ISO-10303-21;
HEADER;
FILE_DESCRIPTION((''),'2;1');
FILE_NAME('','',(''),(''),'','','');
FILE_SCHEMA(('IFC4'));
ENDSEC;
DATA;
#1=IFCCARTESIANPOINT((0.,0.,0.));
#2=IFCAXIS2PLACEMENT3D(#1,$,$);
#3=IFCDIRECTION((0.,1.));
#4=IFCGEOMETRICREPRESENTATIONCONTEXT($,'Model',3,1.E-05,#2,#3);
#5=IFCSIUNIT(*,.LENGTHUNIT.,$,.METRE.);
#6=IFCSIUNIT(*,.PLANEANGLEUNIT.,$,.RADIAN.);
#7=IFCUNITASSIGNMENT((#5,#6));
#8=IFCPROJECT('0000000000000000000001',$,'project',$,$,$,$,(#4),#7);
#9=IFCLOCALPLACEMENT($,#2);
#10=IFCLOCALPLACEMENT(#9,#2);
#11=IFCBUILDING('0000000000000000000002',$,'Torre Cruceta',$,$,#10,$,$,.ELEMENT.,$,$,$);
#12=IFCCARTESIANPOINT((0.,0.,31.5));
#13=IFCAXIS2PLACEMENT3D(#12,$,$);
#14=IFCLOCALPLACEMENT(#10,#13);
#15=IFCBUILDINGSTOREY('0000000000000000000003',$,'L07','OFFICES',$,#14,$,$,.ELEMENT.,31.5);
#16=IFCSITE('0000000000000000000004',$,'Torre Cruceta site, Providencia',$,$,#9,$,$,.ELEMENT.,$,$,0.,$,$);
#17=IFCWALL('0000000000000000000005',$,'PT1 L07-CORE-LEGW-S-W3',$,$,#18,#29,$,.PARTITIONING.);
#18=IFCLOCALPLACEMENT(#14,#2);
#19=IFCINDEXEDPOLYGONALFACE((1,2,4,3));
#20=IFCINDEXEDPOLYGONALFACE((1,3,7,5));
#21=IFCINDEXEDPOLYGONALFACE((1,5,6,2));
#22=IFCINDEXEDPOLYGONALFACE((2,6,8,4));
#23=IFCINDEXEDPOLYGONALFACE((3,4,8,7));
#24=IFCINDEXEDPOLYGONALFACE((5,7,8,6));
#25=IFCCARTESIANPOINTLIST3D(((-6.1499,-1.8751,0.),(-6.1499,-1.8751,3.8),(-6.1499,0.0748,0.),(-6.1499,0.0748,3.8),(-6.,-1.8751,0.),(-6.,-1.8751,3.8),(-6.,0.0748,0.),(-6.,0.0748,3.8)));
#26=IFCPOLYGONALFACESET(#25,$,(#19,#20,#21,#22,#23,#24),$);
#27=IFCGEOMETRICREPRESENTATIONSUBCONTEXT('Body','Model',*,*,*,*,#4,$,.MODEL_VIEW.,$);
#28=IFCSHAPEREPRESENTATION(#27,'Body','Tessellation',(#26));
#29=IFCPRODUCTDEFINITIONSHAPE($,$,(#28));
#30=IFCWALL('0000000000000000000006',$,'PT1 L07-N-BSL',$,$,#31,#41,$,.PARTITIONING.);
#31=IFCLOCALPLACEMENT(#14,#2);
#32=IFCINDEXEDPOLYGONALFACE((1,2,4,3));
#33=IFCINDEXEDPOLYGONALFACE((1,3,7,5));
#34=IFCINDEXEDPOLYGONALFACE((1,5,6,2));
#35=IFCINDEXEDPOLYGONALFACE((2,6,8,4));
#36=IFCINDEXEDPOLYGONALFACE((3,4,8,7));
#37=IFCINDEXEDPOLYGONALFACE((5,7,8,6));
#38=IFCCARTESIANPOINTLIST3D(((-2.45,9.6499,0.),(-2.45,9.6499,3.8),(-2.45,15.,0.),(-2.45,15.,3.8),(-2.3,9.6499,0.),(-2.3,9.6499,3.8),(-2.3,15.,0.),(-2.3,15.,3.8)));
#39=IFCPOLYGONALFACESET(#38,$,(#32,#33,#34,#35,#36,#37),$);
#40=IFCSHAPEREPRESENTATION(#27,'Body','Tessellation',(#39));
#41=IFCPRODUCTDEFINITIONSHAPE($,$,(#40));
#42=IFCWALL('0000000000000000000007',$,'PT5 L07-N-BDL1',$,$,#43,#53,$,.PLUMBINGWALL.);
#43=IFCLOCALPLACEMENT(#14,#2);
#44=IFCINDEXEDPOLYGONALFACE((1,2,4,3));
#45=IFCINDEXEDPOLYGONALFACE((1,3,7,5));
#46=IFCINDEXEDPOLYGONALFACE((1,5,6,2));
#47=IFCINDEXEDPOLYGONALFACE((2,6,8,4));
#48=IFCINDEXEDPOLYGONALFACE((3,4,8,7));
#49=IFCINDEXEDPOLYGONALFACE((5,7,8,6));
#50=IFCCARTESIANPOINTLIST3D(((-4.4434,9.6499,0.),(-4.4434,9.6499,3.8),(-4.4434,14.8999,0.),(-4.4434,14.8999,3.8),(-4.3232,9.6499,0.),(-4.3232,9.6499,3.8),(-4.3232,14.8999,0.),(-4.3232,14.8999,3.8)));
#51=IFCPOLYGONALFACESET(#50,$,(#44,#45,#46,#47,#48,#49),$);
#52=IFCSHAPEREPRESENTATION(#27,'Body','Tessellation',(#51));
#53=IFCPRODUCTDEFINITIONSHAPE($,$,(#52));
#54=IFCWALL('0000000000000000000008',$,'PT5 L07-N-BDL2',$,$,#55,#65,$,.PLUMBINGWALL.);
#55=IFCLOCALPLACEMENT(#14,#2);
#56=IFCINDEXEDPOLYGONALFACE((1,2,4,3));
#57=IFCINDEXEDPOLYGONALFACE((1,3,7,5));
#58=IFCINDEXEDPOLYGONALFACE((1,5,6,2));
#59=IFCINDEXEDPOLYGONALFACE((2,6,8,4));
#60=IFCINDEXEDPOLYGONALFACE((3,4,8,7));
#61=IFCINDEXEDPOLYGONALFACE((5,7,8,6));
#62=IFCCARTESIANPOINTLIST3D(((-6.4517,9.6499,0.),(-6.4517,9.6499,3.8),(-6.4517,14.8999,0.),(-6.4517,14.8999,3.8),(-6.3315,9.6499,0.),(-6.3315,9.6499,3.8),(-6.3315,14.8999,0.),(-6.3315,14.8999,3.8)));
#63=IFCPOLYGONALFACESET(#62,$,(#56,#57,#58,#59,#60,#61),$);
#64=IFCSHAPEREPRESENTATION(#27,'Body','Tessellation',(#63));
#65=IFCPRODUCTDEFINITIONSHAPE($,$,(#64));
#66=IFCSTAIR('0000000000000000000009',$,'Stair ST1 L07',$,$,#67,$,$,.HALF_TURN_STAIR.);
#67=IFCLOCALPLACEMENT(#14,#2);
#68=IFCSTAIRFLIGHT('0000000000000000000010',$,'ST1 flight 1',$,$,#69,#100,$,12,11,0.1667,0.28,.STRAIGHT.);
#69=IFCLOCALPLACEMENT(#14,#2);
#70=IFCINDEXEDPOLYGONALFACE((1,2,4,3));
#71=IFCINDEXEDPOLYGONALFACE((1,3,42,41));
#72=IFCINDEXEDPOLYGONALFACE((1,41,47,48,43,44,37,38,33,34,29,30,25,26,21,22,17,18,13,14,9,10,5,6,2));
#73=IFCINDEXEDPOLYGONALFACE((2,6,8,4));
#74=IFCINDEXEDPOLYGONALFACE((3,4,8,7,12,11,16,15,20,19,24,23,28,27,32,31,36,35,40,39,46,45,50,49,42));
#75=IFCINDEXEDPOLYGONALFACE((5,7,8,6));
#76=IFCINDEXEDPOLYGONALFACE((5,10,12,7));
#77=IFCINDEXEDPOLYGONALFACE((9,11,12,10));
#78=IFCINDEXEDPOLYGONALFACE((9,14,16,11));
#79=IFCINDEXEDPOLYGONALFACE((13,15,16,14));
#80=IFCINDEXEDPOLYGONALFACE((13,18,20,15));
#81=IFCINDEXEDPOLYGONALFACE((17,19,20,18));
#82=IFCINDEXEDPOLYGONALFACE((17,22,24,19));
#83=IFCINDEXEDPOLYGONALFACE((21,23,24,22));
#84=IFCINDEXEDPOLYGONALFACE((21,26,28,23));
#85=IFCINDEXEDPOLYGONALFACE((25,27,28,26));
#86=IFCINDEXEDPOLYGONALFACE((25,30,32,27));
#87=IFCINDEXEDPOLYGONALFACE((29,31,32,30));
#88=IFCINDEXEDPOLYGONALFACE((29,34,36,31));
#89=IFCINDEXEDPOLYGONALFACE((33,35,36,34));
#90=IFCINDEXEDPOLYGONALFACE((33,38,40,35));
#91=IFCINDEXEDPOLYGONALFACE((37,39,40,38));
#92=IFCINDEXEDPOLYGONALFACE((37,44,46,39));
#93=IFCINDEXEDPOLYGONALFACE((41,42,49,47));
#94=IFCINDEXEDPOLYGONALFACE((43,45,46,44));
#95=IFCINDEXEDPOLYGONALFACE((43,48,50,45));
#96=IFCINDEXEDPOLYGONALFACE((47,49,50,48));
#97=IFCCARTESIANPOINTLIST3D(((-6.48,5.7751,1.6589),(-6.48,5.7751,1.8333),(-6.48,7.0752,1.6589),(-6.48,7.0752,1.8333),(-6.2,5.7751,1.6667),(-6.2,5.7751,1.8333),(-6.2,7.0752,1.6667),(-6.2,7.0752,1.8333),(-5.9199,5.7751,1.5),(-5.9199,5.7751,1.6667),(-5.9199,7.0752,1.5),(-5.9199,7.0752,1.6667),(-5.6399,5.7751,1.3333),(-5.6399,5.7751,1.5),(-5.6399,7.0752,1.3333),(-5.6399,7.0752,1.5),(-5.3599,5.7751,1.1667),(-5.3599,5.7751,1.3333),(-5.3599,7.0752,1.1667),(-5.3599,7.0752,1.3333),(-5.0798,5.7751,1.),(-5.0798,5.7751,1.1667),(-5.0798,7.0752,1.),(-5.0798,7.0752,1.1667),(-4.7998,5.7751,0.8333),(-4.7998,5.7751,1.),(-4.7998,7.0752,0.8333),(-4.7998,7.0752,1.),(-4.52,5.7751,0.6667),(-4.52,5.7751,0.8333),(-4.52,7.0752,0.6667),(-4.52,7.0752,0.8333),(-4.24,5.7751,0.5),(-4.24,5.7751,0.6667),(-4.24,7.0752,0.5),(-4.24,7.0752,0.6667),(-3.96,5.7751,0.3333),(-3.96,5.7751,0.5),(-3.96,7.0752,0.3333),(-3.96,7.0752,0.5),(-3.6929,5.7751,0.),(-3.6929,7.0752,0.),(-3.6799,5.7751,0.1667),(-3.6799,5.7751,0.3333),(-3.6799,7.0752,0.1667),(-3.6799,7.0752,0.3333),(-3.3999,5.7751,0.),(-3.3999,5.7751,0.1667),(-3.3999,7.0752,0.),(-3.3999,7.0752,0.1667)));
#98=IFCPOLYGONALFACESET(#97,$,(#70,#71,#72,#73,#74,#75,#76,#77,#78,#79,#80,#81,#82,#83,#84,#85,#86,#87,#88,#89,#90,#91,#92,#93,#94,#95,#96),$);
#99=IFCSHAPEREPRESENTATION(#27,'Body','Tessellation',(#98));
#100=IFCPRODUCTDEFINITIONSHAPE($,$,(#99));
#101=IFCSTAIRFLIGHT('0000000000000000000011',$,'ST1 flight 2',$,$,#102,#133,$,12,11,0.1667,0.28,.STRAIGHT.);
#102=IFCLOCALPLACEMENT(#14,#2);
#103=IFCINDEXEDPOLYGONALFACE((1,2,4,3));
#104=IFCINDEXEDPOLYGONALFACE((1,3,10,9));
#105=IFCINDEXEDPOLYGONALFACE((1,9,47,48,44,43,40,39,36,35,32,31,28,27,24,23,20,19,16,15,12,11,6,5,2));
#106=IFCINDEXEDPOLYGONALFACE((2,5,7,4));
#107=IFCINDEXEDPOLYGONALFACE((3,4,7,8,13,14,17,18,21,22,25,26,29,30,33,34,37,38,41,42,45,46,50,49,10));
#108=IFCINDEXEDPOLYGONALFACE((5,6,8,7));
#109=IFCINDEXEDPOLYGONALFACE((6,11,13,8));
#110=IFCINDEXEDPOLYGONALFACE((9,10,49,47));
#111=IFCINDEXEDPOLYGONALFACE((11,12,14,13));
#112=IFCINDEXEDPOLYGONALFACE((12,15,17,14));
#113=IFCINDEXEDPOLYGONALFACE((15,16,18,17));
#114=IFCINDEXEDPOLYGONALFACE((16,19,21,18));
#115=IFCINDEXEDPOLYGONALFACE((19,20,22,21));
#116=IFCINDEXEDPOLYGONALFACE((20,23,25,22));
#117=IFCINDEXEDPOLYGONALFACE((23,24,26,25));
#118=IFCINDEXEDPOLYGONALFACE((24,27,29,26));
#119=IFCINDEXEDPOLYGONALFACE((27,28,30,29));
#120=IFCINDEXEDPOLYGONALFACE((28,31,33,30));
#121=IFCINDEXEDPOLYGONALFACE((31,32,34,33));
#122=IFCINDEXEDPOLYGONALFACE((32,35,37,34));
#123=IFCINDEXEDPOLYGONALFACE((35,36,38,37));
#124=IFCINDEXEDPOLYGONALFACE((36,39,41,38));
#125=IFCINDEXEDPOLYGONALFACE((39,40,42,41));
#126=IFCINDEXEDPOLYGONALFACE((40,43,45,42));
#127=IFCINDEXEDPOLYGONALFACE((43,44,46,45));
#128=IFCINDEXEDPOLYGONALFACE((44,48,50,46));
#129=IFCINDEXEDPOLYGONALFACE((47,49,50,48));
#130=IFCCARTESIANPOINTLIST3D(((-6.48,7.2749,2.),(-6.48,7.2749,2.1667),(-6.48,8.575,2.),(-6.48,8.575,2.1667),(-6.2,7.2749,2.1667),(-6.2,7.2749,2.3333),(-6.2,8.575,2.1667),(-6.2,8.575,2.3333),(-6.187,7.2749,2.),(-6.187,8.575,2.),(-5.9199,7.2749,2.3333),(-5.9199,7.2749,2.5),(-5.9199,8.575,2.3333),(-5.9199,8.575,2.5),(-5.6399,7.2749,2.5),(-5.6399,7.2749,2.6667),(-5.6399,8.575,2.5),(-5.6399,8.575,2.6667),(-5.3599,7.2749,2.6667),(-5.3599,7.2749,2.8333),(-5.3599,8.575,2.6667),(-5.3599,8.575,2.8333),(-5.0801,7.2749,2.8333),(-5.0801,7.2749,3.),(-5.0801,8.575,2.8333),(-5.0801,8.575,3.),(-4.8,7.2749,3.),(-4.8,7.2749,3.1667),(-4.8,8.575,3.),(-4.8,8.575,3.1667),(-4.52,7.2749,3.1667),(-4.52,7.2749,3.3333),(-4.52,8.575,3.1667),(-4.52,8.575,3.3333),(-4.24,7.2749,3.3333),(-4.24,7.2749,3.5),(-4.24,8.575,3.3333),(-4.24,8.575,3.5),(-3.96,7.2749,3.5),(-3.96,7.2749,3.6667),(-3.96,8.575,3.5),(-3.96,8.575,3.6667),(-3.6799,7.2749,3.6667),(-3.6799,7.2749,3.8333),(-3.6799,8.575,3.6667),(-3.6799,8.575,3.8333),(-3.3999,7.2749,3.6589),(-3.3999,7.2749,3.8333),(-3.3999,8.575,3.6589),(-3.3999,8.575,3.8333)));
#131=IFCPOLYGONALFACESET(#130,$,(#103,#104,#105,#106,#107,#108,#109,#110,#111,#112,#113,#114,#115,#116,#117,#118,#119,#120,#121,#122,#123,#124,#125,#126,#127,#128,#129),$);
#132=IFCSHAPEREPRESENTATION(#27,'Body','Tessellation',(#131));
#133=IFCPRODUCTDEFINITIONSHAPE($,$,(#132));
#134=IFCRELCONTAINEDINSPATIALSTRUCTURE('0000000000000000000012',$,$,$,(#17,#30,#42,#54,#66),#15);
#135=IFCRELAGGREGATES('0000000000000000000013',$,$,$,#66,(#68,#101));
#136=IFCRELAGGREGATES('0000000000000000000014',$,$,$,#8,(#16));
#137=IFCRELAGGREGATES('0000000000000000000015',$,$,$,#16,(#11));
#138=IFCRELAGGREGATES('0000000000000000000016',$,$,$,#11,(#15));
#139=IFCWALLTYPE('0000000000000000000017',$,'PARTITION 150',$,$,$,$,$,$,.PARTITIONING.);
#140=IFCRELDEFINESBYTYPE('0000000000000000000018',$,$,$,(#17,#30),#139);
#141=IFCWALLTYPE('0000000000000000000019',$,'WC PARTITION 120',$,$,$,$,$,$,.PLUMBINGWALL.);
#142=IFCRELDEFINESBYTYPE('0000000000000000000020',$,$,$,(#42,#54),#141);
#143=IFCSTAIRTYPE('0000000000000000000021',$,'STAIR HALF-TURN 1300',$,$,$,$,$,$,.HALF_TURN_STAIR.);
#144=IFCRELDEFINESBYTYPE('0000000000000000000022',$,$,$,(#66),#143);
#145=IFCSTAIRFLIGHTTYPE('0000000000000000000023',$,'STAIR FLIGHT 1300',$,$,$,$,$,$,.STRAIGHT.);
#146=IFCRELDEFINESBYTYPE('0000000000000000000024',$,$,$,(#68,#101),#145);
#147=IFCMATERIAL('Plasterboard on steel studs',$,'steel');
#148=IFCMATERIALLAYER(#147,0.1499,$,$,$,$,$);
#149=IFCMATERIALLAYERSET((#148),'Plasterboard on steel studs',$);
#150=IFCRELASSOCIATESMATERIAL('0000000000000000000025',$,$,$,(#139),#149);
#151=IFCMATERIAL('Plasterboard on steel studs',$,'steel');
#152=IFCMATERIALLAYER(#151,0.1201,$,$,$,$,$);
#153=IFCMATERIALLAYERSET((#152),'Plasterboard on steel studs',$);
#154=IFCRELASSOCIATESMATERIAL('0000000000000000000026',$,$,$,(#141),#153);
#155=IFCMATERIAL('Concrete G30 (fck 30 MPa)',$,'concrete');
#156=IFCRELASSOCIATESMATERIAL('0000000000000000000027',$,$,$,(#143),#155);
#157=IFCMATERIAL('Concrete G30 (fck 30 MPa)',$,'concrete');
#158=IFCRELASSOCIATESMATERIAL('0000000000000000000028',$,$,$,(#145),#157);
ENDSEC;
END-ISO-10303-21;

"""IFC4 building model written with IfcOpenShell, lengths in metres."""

from ifc_helpers import new_model, si_unit, direction, frame, frame_2d, origin, place, context, subcontext, project, spatial, polyline, rectangle, outline, extrude, material, layer, layer_set, type_object, element, aggregate, save


model = new_model("IFC4")

# Units and contexts
model_context = context("Model", 3, precision=1e-05, world=origin(), true_north=direction((0.0, 1.0)))
body_context = subcontext(model_context, "Body", "Model", "MODEL_VIEW")
ifc_project = project(units=[si_unit("LENGTHUNIT", "METRE"), si_unit("PLANEANGLEUNIT", "RADIAN")], contexts=[model_context])

# Site, building, storey
site_placement = place(None, origin())
site = spatial("IfcSite", under=ifc_project, at=site_placement, Name="Torre Cruceta site, Providencia", CompositionType="ELEMENT", RefElevation=0.0)
building_placement = place(site_placement, origin())
building = spatial("IfcBuilding", under=site, at=building_placement, Name="Torre Cruceta", CompositionType="ELEMENT")
storey_placement = place(building_placement, frame((0.0, 0.0, 31.5)))
storey = spatial("IfcBuildingStorey", under=building, at=storey_placement, Name="L07", Description="OFFICES", CompositionType="ELEMENT", Elevation=31.5)

# Walls
ifc_material_1 = material(Name="Plasterboard on steel studs", Category="steel")
ifc_layer_1 = layer(ifc_material_1, 0.1499)
ifc_layer_set_1 = layer_set([ifc_layer_1], Name="Plasterboard on steel studs")
wall_type_1 = type_object("IfcWallType", Name="PARTITION 150", PredefinedType="PARTITIONING", material=ifc_layer_set_1)
wall_1_placement = place(storey_placement, frame((-6.075, 0.075, 0.0), z_axis=(0.0, 0.0, 1.0), x_axis=(0.0, -1.0, 0.0)))
element("IfcWall", 1, at=wall_1_placement, inside=storey, type_object=wall_type_1, Name="PT1 L07-CORE-LEGW-S-W3", PredefinedType="PARTITIONING", context=body_context, shape_type="SweptSolid", body=[
    extrude(rectangle(XDim=1.95, YDim=0.1499, at=frame_2d((0.9751, 0.0))), origin(), (0.0, 0.0, 1.0), 3.8),
])
wall_2_placement = place(storey_placement, frame((-2.375, 9.6499, 0.0), z_axis=(0.0, 0.0, 1.0), x_axis=(0.0, 1.0, 0.0)))
element("IfcWall", 2, at=wall_2_placement, inside=storey, type_object=wall_type_1, Name="PT1 L07-N-BSL", PredefinedType="PARTITIONING", context=body_context, shape_type="SweptSolid", body=[
    extrude(rectangle(XDim=5.3501, YDim=0.1499, at=frame_2d((2.675, 0.0))), origin(), (0.0, 0.0, 1.0), 3.8),
])
ifc_material_2 = material(Name="Plasterboard on steel studs", Category="steel")
ifc_layer_2 = layer(ifc_material_2, 0.1201)
ifc_layer_set_2 = layer_set([ifc_layer_2], Name="Plasterboard on steel studs")
wall_type_2 = type_object("IfcWallType", Name="WC PARTITION 120", PredefinedType="PLUMBINGWALL", material=ifc_layer_set_2)
for number, where, z_axis, x_axis, name in (
    (3, (-4.3833, 9.6499, 0.0), (0.0, 0.0, 1.0), (0.0, 1.0, 0.0), "PT5 L07-N-BDL1"),
    (4, (-6.3916, 9.6499, 0.0), (0.0, 0.0, 1.0), (0.0, 1.0, 0.0), "PT5 L07-N-BDL2"),
):
    element("IfcWall", number, at=place(storey_placement, frame(where, z_axis=z_axis, x_axis=x_axis)), inside=storey, type_object=wall_type_2, Name=name, PredefinedType="PLUMBINGWALL", context=body_context, shape_type="SweptSolid", body=[
        extrude(rectangle(XDim=5.25, YDim=0.1201, at=frame_2d((2.625, 0.0))), origin(), (0.0, 0.0, 1.0), 3.8),
    ])

# Stair, stair flights
ifc_material_3 = material(Name="Concrete G30 (fck 30 MPa)", Category="concrete")
stair_type = type_object("IfcStairType", Name="STAIR HALF-TURN 1300", PredefinedType="HALF_TURN_STAIR", material=ifc_material_3)
stair_placement = place(storey_placement, origin())
stair = element("IfcStair", 5, at=stair_placement, inside=storey, type_object=stair_type, Name="Stair ST1 L07", PredefinedType="HALF_TURN_STAIR")
ifc_material_4 = material(Name="Concrete G30 (fck 30 MPa)", Category="concrete")
stair_flight_type = type_object("IfcStairFlightType", Name="STAIR FLIGHT 1300", PredefinedType="STRAIGHT", material=ifc_material_4)
stair_flight_1_placement = place(storey_placement, frame((-3.3999, 6.425, 0.0), z_axis=(0.0, 0.0, 1.0), x_axis=(-1.0, 0.0, 0.0)))
stair_flight_1 = element("IfcStairFlight", 6, at=stair_flight_1_placement, type_object=stair_flight_type, Name="ST1 flight 1", NumberOfRisers=12, NumberOfTreads=11, PredefinedType="STRAIGHT", RiserHeight=0.1667, TreadLength=0.28, context=body_context, shape_type="SweptSolid", body=[
    extrude(outline(polyline([(0.0, 0.0), (0.0, 0.1667), (0.28, 0.1667), (0.28, 0.3333), (0.5601, 0.3333), (0.5601, 0.5), (0.8401, 0.5), (0.8401, 0.6667), (1.1201, 0.6667), (1.1201, 0.8333), (1.3999, 0.8333), (1.3999, 1.0), (1.6799, 1.0), (1.6799, 1.1667), (1.96, 1.1667), (1.96, 1.3333), (2.24, 1.3333), (2.24, 1.5), (2.52, 1.5), (2.52, 1.6667), (2.8, 1.6667), (2.8, 1.8333), (3.0801, 1.8333), (3.0801, 2.0), (3.0801, 1.6589), (0.293, 0.0), (0.0, 0.0)])), frame((0.0, 0.6499, 0.0), z_axis=(0.0, -1.0, 0.0), x_axis=(1.0, 0.0, 0.0)), (0.0, 0.0, 1.0), 1.3),
])
stair_flight_2_placement = place(storey_placement, frame((-6.48, 7.925, 2.0), z_axis=(0.0, 0.0, 1.0), x_axis=(1.0, 0.0, 0.0)))
stair_flight_2 = element("IfcStairFlight", 7, at=stair_flight_2_placement, type_object=stair_flight_type, Name="ST1 flight 2", NumberOfRisers=12, NumberOfTreads=11, PredefinedType="STRAIGHT", RiserHeight=0.1667, TreadLength=0.28, context=body_context, shape_type="SweptSolid", body=[
    extrude(outline(polyline([(0.0, 0.0), (0.0, 0.1667), (0.28, 0.1667), (0.28, 0.3333), (0.5601, 0.3333), (0.5601, 0.5), (0.8401, 0.5), (0.8401, 0.6667), (1.1201, 0.6667), (1.1201, 0.8333), (1.3999, 0.8333), (1.3999, 1.0), (1.6799, 1.0), (1.6799, 1.1667), (1.96, 1.1667), (1.96, 1.3333), (2.24, 1.3333), (2.24, 1.5), (2.52, 1.5), (2.52, 1.6667), (2.8, 1.6667), (2.8, 1.8333), (3.0801, 1.8333), (3.0801, 2.0), (3.0801, 1.6589), (0.293, 0.0), (0.0, 0.0)])), frame((0.0, 0.6499, 0.0), z_axis=(0.0, -1.0, 0.0), x_axis=(1.0, 0.0, 0.0)), (0.0, 0.0, 1.0), 1.3),
])
aggregate(stair, [stair_flight_1, stair_flight_2])

save(model, "model.ifc")
